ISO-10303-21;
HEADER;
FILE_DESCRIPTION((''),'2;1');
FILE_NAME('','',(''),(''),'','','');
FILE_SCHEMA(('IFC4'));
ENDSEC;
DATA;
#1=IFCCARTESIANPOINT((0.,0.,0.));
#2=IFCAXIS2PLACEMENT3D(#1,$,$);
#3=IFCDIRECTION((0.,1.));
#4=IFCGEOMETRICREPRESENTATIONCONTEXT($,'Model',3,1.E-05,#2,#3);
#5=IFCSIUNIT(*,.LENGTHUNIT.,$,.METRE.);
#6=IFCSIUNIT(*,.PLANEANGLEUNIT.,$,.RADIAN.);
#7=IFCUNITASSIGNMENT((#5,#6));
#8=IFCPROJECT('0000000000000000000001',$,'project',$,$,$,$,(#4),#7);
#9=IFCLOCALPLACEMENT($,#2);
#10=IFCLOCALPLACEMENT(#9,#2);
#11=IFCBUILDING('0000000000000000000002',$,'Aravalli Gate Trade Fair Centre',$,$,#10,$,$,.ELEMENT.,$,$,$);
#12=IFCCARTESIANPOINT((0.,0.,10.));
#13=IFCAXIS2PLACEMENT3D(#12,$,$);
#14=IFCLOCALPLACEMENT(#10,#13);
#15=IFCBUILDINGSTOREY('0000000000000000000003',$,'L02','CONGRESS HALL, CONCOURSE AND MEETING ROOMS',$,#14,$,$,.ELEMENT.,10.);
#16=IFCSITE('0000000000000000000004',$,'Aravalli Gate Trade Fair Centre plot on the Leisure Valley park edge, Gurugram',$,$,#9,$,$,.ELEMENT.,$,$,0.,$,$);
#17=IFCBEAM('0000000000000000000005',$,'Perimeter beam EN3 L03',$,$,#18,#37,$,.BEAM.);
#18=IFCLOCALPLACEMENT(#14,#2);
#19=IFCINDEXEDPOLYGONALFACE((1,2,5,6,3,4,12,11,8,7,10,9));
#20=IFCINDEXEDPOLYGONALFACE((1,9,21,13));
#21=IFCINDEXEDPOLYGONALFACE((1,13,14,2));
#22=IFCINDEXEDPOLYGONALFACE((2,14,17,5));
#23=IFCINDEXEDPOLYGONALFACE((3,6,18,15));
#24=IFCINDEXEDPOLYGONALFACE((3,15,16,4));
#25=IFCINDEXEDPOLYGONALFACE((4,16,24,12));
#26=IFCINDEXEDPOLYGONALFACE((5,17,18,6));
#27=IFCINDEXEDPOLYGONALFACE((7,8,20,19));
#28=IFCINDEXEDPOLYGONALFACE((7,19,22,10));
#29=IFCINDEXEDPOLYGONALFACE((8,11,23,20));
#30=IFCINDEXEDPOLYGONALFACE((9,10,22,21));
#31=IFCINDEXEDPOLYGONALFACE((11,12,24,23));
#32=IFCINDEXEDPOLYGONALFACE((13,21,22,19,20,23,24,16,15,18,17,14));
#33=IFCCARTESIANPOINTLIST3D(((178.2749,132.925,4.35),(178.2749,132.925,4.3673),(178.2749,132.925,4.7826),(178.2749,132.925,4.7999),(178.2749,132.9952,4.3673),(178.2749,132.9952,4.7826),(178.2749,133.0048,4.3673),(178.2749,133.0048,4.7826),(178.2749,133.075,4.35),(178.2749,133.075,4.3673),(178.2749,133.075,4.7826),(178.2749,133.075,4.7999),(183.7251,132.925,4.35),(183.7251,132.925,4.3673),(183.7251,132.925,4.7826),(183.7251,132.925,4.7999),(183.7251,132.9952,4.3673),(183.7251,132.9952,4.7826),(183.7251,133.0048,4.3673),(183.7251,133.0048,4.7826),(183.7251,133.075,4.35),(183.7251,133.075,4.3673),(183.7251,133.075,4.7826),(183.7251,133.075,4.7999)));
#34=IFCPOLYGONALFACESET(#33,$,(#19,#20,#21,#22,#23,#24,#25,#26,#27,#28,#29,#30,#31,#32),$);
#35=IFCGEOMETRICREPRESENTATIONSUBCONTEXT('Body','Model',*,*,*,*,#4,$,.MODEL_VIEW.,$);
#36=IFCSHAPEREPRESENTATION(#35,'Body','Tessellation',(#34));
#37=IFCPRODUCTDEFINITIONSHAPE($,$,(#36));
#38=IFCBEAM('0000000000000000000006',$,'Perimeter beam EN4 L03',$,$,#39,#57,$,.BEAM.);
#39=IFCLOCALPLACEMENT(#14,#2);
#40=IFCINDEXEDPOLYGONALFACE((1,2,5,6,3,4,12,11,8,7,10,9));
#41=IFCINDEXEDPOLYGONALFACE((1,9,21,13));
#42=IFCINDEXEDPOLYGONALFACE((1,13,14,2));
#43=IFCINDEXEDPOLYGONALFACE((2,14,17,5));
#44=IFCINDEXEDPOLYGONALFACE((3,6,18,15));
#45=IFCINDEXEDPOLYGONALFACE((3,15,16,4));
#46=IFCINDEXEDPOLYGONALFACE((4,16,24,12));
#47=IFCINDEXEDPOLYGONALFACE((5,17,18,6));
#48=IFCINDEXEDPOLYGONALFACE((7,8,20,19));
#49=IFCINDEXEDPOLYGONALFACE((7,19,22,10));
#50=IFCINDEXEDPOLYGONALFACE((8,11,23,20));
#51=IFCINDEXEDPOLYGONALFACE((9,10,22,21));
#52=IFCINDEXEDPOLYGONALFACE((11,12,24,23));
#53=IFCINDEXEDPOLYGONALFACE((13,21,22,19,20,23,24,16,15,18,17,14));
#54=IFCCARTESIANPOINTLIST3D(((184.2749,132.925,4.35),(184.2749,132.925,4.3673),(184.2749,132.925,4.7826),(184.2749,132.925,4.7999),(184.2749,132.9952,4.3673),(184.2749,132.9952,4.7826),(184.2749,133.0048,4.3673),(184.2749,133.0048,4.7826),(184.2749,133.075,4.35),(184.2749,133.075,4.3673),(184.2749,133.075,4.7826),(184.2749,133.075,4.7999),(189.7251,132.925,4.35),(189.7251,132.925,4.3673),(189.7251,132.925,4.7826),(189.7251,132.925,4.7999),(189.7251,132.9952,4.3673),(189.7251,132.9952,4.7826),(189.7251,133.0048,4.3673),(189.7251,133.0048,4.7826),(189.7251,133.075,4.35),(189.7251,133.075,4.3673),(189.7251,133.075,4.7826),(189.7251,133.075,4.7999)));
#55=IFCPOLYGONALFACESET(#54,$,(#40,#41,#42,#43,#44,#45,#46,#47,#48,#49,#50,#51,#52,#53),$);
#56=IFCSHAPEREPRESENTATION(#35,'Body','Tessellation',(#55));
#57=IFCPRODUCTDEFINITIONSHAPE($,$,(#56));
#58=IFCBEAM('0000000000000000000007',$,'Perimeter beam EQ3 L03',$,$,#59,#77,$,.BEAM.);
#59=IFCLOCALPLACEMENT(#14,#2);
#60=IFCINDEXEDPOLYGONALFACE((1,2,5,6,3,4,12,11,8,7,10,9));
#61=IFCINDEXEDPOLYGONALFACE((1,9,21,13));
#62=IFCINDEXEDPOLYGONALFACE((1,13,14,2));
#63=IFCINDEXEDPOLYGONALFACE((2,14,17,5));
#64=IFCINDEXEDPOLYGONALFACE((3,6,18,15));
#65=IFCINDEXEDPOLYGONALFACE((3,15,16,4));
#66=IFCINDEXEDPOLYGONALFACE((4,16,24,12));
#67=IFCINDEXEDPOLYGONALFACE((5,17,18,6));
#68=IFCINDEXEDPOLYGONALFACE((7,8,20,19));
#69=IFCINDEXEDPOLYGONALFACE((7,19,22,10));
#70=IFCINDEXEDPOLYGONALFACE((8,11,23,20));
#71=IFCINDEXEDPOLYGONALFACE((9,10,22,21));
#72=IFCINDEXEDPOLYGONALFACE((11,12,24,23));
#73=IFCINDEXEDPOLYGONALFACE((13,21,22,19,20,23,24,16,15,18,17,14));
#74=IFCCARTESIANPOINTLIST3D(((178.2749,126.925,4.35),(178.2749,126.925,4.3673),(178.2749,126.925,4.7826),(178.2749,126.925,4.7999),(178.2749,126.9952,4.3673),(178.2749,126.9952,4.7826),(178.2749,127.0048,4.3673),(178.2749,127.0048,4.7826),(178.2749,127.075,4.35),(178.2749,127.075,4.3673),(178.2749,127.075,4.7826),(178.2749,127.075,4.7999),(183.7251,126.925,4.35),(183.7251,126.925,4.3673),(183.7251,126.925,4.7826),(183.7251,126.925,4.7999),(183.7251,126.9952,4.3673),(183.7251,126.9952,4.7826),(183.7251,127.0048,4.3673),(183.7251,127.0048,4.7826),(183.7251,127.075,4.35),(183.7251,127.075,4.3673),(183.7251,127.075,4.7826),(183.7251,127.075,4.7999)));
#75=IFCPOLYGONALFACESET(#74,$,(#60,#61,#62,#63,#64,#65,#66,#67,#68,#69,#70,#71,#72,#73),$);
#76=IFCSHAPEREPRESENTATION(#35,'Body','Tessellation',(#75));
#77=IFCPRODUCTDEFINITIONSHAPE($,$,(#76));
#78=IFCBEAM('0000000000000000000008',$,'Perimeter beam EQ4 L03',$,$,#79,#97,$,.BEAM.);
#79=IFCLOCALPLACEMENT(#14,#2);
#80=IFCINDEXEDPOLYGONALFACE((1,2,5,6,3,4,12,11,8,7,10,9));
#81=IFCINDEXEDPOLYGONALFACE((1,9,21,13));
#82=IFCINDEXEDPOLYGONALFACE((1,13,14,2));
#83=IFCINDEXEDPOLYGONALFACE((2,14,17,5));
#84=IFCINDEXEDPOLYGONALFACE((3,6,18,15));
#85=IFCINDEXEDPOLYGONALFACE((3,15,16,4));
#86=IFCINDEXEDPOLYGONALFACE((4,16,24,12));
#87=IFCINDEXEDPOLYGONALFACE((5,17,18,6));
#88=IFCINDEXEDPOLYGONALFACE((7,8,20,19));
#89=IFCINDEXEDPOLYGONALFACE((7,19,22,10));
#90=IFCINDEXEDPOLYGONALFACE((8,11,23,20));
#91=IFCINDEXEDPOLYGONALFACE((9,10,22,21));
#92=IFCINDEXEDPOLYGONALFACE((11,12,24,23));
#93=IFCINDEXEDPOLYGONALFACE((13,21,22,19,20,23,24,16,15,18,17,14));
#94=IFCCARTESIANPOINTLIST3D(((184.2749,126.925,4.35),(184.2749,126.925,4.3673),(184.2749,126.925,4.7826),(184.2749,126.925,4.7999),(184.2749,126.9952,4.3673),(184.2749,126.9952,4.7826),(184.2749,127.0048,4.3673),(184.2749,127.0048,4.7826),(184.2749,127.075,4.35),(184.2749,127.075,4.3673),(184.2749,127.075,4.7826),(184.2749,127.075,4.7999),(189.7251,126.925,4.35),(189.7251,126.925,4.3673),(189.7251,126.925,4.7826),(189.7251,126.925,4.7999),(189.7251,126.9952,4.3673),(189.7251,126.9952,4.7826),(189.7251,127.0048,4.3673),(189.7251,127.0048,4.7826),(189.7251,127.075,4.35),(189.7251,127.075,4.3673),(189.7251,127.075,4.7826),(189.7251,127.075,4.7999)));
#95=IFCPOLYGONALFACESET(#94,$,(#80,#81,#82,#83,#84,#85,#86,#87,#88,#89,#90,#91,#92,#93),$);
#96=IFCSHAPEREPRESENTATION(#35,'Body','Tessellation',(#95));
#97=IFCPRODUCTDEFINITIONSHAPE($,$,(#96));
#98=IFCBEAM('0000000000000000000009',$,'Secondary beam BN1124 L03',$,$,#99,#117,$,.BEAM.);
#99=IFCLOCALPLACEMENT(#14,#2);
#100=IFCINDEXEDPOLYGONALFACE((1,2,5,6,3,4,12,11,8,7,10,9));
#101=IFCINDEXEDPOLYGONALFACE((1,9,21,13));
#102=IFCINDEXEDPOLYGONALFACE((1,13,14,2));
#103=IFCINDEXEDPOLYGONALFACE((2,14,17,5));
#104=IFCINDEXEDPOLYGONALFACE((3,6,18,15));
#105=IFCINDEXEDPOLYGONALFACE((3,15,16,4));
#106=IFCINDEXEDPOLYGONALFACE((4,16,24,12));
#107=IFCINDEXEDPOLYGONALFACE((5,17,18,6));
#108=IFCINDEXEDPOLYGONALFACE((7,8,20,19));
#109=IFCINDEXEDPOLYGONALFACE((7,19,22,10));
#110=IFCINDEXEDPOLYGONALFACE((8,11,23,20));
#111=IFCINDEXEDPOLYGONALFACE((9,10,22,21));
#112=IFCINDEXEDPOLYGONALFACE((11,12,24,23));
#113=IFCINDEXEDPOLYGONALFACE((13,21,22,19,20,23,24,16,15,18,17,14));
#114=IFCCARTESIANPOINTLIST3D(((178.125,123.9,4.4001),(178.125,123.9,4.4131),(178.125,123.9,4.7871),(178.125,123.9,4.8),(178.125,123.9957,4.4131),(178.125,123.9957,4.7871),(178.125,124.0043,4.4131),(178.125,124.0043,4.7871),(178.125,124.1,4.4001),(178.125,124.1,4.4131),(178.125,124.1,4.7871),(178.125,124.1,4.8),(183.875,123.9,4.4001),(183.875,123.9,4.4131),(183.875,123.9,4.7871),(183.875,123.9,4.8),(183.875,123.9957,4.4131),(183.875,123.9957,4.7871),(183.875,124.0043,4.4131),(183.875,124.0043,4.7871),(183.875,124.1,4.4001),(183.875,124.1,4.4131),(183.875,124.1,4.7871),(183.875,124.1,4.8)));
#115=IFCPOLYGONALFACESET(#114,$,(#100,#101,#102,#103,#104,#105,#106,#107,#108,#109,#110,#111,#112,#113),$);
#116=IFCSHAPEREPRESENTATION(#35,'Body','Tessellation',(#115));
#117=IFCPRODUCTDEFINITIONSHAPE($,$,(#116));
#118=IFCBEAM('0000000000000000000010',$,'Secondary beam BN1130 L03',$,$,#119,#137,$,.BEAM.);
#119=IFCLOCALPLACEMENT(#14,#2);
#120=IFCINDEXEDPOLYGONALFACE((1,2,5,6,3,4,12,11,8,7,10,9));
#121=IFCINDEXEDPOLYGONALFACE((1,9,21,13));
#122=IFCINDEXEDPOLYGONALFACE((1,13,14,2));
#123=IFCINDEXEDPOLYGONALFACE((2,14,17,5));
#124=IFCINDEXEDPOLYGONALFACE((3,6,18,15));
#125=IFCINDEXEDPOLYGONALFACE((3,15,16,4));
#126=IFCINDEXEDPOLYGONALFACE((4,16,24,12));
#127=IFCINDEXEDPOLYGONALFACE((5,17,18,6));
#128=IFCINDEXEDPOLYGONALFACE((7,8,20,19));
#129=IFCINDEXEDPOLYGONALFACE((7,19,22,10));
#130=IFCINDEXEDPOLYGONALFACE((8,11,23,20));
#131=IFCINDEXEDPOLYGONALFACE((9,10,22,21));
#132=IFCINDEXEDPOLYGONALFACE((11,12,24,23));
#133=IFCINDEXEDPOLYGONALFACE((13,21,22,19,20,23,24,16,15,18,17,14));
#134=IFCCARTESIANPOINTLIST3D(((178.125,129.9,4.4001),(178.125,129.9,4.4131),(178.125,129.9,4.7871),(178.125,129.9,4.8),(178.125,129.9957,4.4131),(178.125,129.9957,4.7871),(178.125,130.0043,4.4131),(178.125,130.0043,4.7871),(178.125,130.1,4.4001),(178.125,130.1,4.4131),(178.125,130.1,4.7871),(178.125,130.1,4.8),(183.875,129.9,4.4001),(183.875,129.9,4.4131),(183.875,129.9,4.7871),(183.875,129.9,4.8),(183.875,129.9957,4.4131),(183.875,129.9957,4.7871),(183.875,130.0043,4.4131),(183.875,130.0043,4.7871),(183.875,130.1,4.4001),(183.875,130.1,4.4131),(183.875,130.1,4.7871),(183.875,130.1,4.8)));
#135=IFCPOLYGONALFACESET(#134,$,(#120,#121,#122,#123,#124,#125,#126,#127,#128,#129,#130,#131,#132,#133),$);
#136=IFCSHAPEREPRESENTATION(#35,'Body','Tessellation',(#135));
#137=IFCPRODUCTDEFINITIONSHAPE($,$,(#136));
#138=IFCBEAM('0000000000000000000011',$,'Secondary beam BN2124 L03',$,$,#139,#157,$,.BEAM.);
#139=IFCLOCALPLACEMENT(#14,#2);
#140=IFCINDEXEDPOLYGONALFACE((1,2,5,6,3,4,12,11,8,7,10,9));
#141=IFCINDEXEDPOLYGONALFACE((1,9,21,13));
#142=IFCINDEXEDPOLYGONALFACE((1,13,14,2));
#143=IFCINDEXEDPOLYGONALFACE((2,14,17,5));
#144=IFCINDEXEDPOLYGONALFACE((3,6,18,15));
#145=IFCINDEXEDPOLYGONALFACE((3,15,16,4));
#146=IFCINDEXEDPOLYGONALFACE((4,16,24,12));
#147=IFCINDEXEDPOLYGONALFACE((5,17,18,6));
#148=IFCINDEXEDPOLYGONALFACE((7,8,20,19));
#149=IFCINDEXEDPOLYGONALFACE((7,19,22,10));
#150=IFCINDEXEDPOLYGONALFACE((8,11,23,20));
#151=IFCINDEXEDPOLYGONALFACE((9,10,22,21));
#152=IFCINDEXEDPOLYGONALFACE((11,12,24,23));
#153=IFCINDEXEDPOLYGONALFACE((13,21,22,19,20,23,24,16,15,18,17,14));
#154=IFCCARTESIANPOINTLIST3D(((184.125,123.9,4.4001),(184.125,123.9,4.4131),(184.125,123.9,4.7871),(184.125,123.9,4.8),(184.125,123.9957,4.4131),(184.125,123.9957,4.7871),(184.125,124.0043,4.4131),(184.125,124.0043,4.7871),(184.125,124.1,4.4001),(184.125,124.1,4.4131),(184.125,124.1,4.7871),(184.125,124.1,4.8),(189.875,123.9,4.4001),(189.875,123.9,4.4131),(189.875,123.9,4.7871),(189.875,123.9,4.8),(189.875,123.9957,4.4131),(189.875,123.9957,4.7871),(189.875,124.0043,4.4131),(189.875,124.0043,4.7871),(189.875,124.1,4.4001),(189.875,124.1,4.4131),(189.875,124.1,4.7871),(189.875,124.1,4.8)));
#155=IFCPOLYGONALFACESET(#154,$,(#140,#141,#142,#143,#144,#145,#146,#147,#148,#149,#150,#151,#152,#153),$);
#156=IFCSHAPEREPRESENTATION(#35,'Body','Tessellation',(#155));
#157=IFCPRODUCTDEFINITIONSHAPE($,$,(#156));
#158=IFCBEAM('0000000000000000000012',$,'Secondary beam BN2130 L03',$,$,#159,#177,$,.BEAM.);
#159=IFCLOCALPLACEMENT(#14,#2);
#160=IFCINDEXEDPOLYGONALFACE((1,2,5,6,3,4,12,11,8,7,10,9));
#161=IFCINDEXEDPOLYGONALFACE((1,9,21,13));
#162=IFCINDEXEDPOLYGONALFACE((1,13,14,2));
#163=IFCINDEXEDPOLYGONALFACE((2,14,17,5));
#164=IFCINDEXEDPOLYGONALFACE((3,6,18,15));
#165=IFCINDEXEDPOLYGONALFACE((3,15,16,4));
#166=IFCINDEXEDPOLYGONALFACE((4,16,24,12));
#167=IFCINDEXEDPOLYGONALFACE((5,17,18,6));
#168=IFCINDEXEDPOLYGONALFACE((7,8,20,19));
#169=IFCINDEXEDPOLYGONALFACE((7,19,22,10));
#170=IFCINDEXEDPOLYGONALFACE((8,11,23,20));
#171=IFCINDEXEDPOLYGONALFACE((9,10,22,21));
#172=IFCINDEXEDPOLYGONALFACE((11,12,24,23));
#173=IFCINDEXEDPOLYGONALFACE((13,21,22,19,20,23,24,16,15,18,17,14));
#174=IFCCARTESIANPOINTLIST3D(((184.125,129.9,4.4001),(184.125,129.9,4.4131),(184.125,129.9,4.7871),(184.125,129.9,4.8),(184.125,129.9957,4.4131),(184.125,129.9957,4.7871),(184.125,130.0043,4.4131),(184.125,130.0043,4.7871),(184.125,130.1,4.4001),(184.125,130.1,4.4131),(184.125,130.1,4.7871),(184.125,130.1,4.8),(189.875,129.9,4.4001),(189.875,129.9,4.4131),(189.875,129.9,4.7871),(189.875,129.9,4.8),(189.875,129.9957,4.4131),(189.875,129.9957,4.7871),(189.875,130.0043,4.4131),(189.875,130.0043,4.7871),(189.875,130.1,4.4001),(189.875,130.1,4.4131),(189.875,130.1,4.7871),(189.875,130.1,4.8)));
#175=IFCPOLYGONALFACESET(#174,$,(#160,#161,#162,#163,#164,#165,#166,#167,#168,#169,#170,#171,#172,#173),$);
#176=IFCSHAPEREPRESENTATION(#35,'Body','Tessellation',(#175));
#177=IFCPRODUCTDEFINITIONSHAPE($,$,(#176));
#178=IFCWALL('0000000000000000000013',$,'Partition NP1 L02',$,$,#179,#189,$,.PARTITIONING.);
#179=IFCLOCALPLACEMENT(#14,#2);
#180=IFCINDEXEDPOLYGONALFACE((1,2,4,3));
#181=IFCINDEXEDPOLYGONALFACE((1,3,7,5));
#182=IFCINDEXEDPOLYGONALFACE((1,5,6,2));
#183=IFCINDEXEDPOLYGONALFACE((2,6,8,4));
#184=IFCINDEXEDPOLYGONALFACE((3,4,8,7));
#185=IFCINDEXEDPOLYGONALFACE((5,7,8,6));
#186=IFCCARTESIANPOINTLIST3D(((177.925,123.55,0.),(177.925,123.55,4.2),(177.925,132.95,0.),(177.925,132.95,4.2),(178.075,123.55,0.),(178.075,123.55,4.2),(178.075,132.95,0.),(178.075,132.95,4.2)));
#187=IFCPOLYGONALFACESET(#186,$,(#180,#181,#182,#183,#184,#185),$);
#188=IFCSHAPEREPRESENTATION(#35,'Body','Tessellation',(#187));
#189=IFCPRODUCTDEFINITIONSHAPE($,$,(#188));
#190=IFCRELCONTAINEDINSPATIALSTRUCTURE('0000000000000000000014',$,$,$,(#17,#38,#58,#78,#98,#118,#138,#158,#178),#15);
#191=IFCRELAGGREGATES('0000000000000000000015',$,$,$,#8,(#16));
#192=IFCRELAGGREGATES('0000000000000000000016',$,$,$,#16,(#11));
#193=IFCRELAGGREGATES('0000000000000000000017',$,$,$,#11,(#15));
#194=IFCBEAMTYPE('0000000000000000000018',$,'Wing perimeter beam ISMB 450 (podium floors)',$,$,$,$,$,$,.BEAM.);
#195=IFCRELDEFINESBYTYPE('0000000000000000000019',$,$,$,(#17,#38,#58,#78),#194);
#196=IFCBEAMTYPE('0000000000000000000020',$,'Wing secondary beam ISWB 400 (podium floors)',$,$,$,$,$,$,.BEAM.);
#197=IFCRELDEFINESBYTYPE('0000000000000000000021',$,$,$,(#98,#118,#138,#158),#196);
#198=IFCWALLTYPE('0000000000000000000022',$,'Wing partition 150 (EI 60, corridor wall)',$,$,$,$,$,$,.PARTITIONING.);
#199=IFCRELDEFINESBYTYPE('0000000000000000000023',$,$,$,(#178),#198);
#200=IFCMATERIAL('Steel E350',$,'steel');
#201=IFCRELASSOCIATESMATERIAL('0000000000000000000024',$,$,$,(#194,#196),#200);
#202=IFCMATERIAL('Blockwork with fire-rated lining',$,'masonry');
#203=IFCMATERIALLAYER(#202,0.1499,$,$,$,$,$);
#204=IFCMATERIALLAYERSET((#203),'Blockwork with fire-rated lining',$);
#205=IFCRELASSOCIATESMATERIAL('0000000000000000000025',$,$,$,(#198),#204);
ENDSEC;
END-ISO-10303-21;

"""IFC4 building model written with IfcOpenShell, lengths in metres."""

from ifc_helpers import new_model, si_unit, direction, frame, frame_2d, origin, origin_2d, place, context, subcontext, project, spatial, rectangle, i_section, extrude, material, layer, layer_set, material_profile, profile_set, type_object, element, save


model = new_model("IFC4")

# Units and contexts
model_context = context("Model", 3, precision=1e-05, world=origin(), true_north=direction((0.0, 1.0)))
body_context = subcontext(model_context, "Body", "Model", "MODEL_VIEW")
ifc_project = project(units=[si_unit("LENGTHUNIT", "METRE"), si_unit("PLANEANGLEUNIT", "RADIAN")], contexts=[model_context])

# Site, building, storey
site_placement = place(None, origin())
site = spatial("IfcSite", under=ifc_project, at=site_placement, Name="Aravalli Gate Trade Fair Centre plot on the Leisure Valley park edge, Gurugram", CompositionType="ELEMENT", RefElevation=0.0)
building_placement = place(site_placement, origin())
building = spatial("IfcBuilding", under=site, at=building_placement, Name="Aravalli Gate Trade Fair Centre", CompositionType="ELEMENT")
storey_placement = place(building_placement, frame((0.0, 0.0, 10.0)))
storey = spatial("IfcBuildingStorey", under=building, at=storey_placement, Name="L02", Description="CONGRESS HALL, CONCOURSE AND MEETING ROOMS", CompositionType="ELEMENT", Elevation=10.0)

# Shared definitions
ifc_material_1 = material(Name="Steel E350", Category="steel")

# Beams
ifc_material_profile_1 = material_profile(ifc_material_1, i_section(OverallWidth=0.1499, OverallDepth=0.45, WebThickness=0.0095, FlangeThickness=0.0173, at=origin_2d()), Name="ISMB 450")
ifc_profile_set_1 = profile_set([ifc_material_profile_1], Name="Steel E350")
beam_type_1 = type_object("IfcBeamType", Name="Wing perimeter beam ISMB 450 (podium floors)", PredefinedType="BEAM", material=ifc_profile_set_1)
for number, where, z_axis, x_axis, name in (
    (1, (178.2749, 133.0, 4.575), (1.0, 0.0, 0.0), (0.0, 1.0, 0.0), "Perimeter beam EN3 L03"),
    (2, (184.2749, 133.0, 4.575), (1.0, 0.0, 0.0), (0.0, 1.0, 0.0), "Perimeter beam EN4 L03"),
    (3, (178.2749, 127.0, 4.575), (1.0, 0.0, 0.0), (0.0, 1.0, 0.0), "Perimeter beam EQ3 L03"),
    (4, (184.2749, 127.0, 4.575), (1.0, 0.0, 0.0), (0.0, 1.0, 0.0), "Perimeter beam EQ4 L03"),
):
    element("IfcBeam", number, at=place(storey_placement, frame(where, z_axis=z_axis, x_axis=x_axis)), inside=storey, type_object=beam_type_1, Name=name, PredefinedType="BEAM", context=body_context, shape_type="SweptSolid", body=[
        extrude(i_section(OverallWidth=0.1499, OverallDepth=0.45, WebThickness=0.0095, FlangeThickness=0.0173, at=origin_2d()), origin(), (0.0, 0.0, 1.0), 5.4502),
    ])
ifc_material_profile_2 = material_profile(ifc_material_1, i_section(OverallWidth=0.2, OverallDepth=0.3999, WebThickness=0.0085, FlangeThickness=0.0129, at=origin_2d()), Name="ISWB 400")
ifc_profile_set_2 = profile_set([ifc_material_profile_2], Name="Steel E350")
beam_type_2 = type_object("IfcBeamType", Name="Wing secondary beam ISWB 400 (podium floors)", PredefinedType="BEAM", material=ifc_profile_set_2)
for number, where, z_axis, x_axis, name in (
    (5, (178.125, 124.0, 4.6001), (1.0, 0.0, 0.0), (0.0, 1.0, 0.0), "Secondary beam BN1124 L03"),
    (6, (178.125, 130.0, 4.6001), (1.0, 0.0, 0.0), (0.0, 1.0, 0.0), "Secondary beam BN1130 L03"),
    (7, (184.125, 124.0, 4.6001), (1.0, 0.0, 0.0), (0.0, 1.0, 0.0), "Secondary beam BN2124 L03"),
    (8, (184.125, 130.0, 4.6001), (1.0, 0.0, 0.0), (0.0, 1.0, 0.0), "Secondary beam BN2130 L03"),
):
    element("IfcBeam", number, at=place(storey_placement, frame(where, z_axis=z_axis, x_axis=x_axis)), inside=storey, type_object=beam_type_2, Name=name, PredefinedType="BEAM", context=body_context, shape_type="SweptSolid", body=[
        extrude(i_section(OverallWidth=0.2, OverallDepth=0.3999, WebThickness=0.0085, FlangeThickness=0.0129, at=origin_2d()), origin(), (0.0, 0.0, 1.0), 5.75),
    ])

# Wall
ifc_material_2 = material(Name="Blockwork with fire-rated lining", Category="masonry")
ifc_layer_1 = layer(ifc_material_2, 0.1499)
ifc_layer_set_1 = layer_set([ifc_layer_1], Name="Blockwork with fire-rated lining")
wall_type_1 = type_object("IfcWallType", Name="Wing partition 150 (EI 60, corridor wall)", PredefinedType="PARTITIONING", material=ifc_layer_set_1)
wall_1_placement = place(storey_placement, frame((178.0, 123.55, 0.0), z_axis=(0.0, 0.0, 1.0), x_axis=(0.0, 1.0, 0.0)))
element("IfcWall", 9, at=wall_1_placement, inside=storey, type_object=wall_type_1, Name="Partition NP1 L02", PredefinedType="PARTITIONING", context=body_context, shape_type="SweptSolid", body=[
    extrude(rectangle(XDim=9.3999, YDim=0.1499, at=frame_2d((4.7, 0.0))), origin(), (0.0, 0.0, 1.0), 4.2),
])

save(model, "model.ifc")
